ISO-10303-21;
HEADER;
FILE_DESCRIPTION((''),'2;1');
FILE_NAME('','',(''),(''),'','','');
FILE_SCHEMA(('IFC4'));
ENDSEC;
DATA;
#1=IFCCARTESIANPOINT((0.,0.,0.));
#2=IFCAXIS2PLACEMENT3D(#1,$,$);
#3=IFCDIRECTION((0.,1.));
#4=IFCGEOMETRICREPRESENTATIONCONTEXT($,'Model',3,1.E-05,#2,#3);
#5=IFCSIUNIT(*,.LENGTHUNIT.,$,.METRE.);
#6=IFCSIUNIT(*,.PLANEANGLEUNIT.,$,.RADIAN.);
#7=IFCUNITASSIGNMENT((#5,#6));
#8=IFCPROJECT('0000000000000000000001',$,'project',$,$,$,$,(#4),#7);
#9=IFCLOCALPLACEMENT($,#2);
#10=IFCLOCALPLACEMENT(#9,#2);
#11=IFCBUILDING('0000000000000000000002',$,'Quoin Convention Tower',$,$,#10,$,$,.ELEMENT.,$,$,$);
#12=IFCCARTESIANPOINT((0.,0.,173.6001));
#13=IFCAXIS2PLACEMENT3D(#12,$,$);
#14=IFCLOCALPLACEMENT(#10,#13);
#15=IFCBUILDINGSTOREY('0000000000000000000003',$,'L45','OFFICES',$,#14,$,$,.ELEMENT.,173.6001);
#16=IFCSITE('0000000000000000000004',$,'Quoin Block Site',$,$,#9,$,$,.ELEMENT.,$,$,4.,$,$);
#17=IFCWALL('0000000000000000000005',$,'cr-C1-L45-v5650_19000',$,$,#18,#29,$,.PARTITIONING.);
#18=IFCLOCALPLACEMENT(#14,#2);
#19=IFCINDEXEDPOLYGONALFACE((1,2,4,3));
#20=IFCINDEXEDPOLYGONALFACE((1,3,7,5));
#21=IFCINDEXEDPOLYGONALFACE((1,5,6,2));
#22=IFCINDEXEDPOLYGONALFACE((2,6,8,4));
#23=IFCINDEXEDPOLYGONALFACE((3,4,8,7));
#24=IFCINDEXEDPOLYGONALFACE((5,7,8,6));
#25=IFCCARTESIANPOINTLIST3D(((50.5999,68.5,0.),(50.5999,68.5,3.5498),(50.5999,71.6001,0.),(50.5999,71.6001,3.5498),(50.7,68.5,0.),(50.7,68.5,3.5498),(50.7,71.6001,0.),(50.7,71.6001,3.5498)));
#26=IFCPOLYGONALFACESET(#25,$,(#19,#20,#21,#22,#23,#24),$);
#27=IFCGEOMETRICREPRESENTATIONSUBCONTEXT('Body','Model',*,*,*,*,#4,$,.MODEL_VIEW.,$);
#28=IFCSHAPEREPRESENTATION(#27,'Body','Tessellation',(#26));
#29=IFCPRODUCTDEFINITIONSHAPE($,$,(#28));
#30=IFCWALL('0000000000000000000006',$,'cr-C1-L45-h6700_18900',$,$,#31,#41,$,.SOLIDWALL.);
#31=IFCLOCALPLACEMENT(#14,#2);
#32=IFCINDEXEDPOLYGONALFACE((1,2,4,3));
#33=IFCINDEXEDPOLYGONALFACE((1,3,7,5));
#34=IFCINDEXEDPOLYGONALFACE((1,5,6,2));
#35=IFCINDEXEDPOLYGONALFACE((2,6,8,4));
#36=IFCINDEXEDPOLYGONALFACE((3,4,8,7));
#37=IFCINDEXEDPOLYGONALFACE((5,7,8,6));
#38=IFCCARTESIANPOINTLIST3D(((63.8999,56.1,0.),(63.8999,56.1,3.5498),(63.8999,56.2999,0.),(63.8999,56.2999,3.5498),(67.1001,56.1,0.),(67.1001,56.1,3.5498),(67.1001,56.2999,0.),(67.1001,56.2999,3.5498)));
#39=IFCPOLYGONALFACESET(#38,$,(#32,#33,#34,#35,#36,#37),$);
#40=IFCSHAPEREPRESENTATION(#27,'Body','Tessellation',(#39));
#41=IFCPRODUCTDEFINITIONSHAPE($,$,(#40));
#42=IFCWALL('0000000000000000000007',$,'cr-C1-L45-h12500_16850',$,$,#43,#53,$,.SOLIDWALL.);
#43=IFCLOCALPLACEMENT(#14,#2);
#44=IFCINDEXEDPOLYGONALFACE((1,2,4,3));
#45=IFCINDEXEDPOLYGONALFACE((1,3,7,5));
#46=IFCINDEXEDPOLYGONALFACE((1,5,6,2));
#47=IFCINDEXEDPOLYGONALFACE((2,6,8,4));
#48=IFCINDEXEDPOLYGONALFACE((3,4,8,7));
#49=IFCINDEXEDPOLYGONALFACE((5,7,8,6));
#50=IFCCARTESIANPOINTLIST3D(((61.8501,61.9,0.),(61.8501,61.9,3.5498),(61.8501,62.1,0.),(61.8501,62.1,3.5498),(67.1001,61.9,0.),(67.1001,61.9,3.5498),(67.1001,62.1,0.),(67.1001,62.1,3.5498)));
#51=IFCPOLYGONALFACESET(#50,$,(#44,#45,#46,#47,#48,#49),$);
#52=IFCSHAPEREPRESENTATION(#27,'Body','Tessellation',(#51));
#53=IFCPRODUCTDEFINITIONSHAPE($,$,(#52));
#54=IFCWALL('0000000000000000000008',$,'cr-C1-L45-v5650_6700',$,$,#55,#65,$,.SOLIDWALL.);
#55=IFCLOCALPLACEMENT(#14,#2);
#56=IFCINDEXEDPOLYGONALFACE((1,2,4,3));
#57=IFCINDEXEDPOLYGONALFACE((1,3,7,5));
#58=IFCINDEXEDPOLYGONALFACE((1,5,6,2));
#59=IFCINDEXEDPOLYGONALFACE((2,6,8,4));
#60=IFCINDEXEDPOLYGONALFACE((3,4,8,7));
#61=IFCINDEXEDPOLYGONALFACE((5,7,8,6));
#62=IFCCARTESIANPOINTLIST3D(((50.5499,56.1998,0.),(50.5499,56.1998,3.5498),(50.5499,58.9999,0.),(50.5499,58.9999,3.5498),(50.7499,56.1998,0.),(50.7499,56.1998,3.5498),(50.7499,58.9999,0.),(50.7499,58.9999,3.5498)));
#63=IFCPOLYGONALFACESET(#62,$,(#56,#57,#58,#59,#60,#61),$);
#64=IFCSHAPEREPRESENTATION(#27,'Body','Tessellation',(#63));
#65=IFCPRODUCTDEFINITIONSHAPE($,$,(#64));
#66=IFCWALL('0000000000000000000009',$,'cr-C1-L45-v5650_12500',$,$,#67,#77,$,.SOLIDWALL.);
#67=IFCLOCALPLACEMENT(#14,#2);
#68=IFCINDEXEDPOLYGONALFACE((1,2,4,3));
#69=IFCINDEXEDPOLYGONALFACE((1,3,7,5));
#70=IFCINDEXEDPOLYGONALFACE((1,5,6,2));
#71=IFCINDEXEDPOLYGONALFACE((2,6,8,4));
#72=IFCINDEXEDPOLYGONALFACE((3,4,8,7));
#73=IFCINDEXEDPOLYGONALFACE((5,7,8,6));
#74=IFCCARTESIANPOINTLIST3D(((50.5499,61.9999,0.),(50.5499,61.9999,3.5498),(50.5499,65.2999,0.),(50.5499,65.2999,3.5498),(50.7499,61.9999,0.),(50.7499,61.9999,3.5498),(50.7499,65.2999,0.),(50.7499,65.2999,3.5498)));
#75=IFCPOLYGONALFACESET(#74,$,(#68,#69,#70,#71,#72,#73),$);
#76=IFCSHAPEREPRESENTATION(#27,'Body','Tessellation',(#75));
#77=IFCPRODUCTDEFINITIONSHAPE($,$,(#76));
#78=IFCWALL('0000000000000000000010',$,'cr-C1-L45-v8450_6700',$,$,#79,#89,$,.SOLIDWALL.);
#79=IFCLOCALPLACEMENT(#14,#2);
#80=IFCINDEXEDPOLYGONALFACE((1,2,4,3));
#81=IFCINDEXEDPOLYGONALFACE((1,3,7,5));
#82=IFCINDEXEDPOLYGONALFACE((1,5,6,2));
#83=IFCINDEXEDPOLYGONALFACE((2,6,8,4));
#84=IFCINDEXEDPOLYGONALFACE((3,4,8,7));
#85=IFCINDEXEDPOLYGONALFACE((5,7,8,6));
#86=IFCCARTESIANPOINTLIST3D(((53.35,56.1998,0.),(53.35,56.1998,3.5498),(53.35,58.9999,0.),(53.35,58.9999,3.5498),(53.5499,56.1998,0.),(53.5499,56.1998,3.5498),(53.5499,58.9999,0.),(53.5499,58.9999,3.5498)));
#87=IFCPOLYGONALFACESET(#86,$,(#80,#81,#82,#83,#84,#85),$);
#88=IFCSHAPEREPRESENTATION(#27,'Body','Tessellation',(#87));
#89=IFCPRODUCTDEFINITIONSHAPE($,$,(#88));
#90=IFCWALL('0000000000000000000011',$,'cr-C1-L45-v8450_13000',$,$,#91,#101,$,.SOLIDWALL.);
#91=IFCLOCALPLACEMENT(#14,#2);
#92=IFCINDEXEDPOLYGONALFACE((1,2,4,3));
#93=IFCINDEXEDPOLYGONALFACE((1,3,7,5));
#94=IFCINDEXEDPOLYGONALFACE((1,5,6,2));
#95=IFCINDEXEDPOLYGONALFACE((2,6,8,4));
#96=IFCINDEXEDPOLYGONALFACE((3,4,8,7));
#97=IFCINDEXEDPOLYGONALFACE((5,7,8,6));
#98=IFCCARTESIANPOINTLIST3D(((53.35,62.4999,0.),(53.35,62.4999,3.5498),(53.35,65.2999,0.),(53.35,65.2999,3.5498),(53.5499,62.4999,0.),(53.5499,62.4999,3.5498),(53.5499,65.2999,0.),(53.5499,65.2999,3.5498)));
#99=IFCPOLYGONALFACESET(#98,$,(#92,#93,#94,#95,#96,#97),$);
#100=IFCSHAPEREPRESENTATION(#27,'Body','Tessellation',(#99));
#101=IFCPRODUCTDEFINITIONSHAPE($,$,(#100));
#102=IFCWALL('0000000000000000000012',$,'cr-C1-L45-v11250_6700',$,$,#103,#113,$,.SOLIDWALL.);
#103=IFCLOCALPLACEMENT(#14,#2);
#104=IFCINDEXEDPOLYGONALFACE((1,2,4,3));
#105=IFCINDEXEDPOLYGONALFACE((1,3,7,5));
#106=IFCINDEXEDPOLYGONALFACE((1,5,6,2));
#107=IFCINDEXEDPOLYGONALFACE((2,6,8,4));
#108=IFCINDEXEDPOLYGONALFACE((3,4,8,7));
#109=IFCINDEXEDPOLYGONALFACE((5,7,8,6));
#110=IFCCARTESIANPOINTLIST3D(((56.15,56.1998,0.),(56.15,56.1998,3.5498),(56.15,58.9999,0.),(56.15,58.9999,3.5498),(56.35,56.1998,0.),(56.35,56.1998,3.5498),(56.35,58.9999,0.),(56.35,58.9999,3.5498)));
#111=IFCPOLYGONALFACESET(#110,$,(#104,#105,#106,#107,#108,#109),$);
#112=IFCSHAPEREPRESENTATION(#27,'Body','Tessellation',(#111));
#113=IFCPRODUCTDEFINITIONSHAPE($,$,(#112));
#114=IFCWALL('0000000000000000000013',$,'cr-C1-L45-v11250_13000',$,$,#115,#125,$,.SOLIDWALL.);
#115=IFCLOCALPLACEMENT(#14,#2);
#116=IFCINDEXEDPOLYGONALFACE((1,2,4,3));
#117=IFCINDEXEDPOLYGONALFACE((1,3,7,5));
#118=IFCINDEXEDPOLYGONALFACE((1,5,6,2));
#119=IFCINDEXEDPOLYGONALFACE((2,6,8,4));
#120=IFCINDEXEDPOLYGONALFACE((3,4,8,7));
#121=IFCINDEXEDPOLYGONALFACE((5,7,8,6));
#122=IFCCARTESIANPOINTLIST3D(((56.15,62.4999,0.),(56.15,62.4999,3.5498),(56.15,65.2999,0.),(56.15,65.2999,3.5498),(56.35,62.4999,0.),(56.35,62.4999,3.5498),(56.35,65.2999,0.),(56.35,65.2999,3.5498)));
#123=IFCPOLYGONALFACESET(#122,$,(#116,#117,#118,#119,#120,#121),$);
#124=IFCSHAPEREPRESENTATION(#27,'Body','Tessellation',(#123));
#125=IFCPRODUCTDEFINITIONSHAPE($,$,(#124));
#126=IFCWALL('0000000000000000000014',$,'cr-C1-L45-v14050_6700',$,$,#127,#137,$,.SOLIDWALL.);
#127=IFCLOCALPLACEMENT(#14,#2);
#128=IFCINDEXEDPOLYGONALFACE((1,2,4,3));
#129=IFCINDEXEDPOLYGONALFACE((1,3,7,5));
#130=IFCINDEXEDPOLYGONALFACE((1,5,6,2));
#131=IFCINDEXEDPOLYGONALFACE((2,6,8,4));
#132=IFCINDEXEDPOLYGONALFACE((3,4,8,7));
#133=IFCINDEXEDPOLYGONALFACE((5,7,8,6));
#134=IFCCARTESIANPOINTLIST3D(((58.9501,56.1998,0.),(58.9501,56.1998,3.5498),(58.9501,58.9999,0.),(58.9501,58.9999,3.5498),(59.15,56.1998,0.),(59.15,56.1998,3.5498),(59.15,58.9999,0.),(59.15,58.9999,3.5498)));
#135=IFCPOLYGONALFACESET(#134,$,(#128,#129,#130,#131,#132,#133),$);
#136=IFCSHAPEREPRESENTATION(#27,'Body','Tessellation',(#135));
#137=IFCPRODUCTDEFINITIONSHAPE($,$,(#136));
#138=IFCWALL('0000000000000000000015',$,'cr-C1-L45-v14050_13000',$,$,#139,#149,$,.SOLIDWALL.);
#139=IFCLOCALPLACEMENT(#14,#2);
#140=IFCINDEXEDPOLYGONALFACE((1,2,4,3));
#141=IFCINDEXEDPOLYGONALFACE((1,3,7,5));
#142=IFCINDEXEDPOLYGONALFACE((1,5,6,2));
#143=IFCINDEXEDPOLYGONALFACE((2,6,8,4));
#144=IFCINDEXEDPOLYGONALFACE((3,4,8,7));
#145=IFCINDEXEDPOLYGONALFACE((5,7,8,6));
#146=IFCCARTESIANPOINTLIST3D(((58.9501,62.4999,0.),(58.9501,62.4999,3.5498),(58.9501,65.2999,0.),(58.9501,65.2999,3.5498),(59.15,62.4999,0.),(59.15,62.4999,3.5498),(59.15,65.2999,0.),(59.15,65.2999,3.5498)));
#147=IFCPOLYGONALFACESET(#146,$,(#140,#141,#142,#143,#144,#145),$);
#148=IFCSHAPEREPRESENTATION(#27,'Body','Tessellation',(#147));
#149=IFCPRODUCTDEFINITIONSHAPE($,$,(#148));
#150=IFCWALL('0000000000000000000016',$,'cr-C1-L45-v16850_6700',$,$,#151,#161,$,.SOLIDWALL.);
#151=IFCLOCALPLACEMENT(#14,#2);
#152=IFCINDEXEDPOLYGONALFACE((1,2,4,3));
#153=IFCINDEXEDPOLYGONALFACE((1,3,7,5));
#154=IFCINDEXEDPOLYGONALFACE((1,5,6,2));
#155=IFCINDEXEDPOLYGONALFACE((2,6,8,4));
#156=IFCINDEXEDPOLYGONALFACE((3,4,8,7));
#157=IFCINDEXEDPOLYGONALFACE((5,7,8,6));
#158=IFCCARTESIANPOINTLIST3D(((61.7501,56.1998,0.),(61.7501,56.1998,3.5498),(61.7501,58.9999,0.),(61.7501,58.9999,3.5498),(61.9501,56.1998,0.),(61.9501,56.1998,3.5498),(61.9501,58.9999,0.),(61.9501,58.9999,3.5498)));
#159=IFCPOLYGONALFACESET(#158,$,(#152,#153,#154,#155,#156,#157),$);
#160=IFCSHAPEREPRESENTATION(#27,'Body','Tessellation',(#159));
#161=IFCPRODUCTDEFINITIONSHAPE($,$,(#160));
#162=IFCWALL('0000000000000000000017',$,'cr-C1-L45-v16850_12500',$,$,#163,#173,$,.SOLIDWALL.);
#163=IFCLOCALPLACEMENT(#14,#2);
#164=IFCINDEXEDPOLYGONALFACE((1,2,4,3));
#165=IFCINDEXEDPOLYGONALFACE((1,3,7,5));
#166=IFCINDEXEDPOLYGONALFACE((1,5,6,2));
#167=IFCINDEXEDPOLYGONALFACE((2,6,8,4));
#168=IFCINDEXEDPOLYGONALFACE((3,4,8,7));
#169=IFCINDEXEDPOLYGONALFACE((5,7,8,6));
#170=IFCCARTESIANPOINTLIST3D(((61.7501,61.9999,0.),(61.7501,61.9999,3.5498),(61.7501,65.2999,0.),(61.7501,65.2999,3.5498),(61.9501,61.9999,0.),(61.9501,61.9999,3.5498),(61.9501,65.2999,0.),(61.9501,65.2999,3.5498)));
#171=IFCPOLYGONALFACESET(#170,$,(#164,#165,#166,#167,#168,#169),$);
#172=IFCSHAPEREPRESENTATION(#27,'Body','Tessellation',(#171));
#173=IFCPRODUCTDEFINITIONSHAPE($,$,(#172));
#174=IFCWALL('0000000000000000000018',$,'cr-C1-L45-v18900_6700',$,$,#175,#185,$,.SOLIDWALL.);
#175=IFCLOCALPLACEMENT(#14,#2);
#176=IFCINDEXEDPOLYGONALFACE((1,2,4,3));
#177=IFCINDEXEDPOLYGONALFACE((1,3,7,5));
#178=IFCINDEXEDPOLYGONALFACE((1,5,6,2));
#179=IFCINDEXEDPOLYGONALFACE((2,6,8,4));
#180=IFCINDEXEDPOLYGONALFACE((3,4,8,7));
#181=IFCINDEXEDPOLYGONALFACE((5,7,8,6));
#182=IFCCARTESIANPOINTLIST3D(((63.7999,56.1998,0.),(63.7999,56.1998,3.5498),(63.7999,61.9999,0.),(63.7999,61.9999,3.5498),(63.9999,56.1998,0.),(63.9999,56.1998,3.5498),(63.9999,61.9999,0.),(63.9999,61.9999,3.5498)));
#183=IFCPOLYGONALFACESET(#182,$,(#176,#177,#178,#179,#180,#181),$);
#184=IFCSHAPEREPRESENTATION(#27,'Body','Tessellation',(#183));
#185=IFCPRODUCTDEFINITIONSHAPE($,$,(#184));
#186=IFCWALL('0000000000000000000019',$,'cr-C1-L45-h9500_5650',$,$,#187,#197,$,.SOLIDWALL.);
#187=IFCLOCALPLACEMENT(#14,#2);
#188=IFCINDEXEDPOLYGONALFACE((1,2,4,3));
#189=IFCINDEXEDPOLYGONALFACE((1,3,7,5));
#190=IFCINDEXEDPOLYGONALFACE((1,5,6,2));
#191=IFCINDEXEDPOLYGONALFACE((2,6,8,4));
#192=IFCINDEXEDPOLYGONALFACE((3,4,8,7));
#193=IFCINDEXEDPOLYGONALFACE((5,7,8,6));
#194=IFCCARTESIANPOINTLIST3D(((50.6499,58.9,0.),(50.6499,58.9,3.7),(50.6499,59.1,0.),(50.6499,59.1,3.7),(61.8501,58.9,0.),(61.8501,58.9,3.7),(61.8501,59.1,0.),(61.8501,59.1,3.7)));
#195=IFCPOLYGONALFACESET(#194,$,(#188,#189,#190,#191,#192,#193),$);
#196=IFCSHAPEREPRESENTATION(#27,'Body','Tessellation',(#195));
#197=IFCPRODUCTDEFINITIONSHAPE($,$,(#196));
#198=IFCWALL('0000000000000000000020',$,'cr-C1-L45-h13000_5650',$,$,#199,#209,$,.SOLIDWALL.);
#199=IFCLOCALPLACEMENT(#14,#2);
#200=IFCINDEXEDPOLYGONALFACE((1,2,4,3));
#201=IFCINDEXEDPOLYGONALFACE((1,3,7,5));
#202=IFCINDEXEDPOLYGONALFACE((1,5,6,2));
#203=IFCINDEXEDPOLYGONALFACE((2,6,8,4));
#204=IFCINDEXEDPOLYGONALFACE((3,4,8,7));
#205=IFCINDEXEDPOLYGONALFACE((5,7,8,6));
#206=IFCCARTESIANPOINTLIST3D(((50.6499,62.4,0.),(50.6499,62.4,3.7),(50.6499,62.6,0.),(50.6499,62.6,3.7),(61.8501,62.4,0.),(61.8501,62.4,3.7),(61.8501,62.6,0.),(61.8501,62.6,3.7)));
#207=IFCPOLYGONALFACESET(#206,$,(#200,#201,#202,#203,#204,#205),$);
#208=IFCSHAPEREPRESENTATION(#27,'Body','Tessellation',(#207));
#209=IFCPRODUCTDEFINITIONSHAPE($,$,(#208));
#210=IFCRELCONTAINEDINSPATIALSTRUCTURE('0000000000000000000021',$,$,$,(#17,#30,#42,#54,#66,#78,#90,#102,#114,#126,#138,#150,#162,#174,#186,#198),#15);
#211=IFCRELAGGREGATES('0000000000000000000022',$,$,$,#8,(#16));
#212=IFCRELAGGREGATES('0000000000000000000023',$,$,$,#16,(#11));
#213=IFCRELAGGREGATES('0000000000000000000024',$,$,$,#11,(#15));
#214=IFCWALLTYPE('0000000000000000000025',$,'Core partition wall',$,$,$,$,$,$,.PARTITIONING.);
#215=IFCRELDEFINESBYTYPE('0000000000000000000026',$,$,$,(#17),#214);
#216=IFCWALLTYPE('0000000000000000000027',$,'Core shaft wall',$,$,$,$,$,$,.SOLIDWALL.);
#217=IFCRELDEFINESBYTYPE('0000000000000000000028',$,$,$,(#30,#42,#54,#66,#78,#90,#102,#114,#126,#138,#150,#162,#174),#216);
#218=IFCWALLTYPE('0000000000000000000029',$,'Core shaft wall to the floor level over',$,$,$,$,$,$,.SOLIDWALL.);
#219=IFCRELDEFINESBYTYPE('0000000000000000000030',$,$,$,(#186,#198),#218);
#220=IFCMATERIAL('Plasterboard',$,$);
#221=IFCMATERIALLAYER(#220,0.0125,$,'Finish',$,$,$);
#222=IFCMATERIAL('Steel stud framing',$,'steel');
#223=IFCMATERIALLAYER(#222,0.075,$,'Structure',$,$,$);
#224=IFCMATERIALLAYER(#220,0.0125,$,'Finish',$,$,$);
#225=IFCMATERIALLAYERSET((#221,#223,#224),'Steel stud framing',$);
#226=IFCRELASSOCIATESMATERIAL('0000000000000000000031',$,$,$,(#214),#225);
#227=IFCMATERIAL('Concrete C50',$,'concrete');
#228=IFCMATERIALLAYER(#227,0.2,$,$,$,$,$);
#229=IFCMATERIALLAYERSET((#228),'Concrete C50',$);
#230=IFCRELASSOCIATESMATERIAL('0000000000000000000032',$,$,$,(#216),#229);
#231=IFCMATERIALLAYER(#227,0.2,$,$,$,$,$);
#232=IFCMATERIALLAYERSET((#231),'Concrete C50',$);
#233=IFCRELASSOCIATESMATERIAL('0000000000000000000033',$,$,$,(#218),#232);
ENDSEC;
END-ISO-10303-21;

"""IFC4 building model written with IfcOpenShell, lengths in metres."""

from ifc_helpers import new_model, si_unit, direction, frame, frame_2d, origin, place, context, subcontext, project, spatial, rectangle, extrude, material, layer, layer_set, type_object, element, save


model = new_model("IFC4")

# Units and contexts
model_context = context("Model", 3, precision=1e-05, world=origin(), true_north=direction((0.0, 1.0)))
body_context = subcontext(model_context, "Body", "Model", "MODEL_VIEW")
ifc_project = project(units=[si_unit("LENGTHUNIT", "METRE"), si_unit("PLANEANGLEUNIT", "RADIAN")], contexts=[model_context])

# Site, building, storey
site_placement = place(None, origin())
site = spatial("IfcSite", under=ifc_project, at=site_placement, Name="Quoin Block Site", CompositionType="ELEMENT", RefElevation=4.0)
building_placement = place(site_placement, origin())
building = spatial("IfcBuilding", under=site, at=building_placement, Name="Quoin Convention Tower", CompositionType="ELEMENT")
storey_placement = place(building_placement, frame((0.0, 0.0, 173.6001)))
storey = spatial("IfcBuildingStorey", under=building, at=storey_placement, Name="L45", Description="OFFICES", CompositionType="ELEMENT", Elevation=173.6001)

# Walls
ifc_material_1 = material(Name="Plasterboard")
ifc_layer_1 = layer(ifc_material_1, 0.0125, Name="Finish")
ifc_material_2 = material(Name="Steel stud framing", Category="steel")
ifc_layer_2 = layer(ifc_material_2, 0.075, Name="Structure")
ifc_layer_3 = layer(ifc_material_1, 0.0125, Name="Finish")
ifc_layer_set_1 = layer_set([ifc_layer_1, ifc_layer_2, ifc_layer_3], Name="Steel stud framing")
wall_type_1 = type_object("IfcWallType", Name="Core partition wall", PredefinedType="PARTITIONING", material=ifc_layer_set_1)
wall_1_placement = place(storey_placement, frame((50.6499, 68.5, 0.0), z_axis=(0.0, 0.0, 1.0), x_axis=(0.0, 1.0, 0.0)))
element("IfcWall", 1, at=wall_1_placement, inside=storey, type_object=wall_type_1, Name="cr-C1-L45-v5650_19000", PredefinedType="PARTITIONING", context=body_context, shape_type="SweptSolid", body=[
    extrude(rectangle(XDim=3.1001, YDim=0.1001, at=frame_2d((1.55, 0.0))), origin(), (0.0, 0.0, 1.0), 3.5498),
])
ifc_material_3 = material(Name="Concrete C50", Category="concrete")
ifc_layer_4 = layer(ifc_material_3, 0.2)
ifc_layer_set_2 = layer_set([ifc_layer_4], Name="Concrete C50")
wall_type_2 = type_object("IfcWallType", Name="Core shaft wall", PredefinedType="SOLIDWALL", material=ifc_layer_set_2)
wall_2_placement = place(storey_placement, frame((63.8999, 56.2, 0.0), z_axis=(0.0, 0.0, 1.0), x_axis=(1.0, 0.0, 0.0)))
element("IfcWall", 2, at=wall_2_placement, inside=storey, type_object=wall_type_2, Name="cr-C1-L45-h6700_18900", PredefinedType="SOLIDWALL", context=body_context, shape_type="SweptSolid", body=[
    extrude(rectangle(XDim=3.2002, YDim=0.2, at=frame_2d((1.6001, 0.0))), origin(), (0.0, 0.0, 1.0), 3.5498),
])
wall_3_placement = place(storey_placement, frame((61.8501, 62.0, 0.0), z_axis=(0.0, 0.0, 1.0), x_axis=(1.0, 0.0, 0.0)))
element("IfcWall", 3, at=wall_3_placement, inside=storey, type_object=wall_type_2, Name="cr-C1-L45-h12500_16850", PredefinedType="SOLIDWALL", context=body_context, shape_type="SweptSolid", body=[
    extrude(rectangle(XDim=5.25, YDim=0.2, at=frame_2d((2.625, 0.0))), origin(), (0.0, 0.0, 1.0), 3.5498),
])
wall_4_placement = place(storey_placement, frame((50.6499, 56.2, 0.0), z_axis=(0.0, 0.0, 1.0), x_axis=(0.0, 1.0, 0.0)))
element("IfcWall", 4, at=wall_4_placement, inside=storey, type_object=wall_type_2, Name="cr-C1-L45-v5650_6700", PredefinedType="SOLIDWALL", context=body_context, shape_type="SweptSolid", body=[
    extrude(rectangle(XDim=2.8, YDim=0.2, at=frame_2d((1.3999, 0.0))), origin(), (0.0, 0.0, 1.0), 3.5498),
])
wall_5_placement = place(storey_placement, frame((50.6499, 62.0, 0.0), z_axis=(0.0, 0.0, 1.0), x_axis=(0.0, 1.0, 0.0)))
element("IfcWall", 5, at=wall_5_placement, inside=storey, type_object=wall_type_2, Name="cr-C1-L45-v5650_12500", PredefinedType="SOLIDWALL", context=body_context, shape_type="SweptSolid", body=[
    extrude(rectangle(XDim=3.3, YDim=0.2, at=frame_2d((1.6499, 0.0))), origin(), (0.0, 0.0, 1.0), 3.5498),
])
for number, where, z_axis, x_axis, name in (
    (6, (53.45, 56.2, 0.0), (0.0, 0.0, 1.0), (0.0, 1.0, 0.0), "cr-C1-L45-v8450_6700"),
    (7, (53.45, 62.5, 0.0), (0.0, 0.0, 1.0), (0.0, 1.0, 0.0), "cr-C1-L45-v8450_13000"),
    (8, (56.25, 56.2, 0.0), (0.0, 0.0, 1.0), (0.0, 1.0, 0.0), "cr-C1-L45-v11250_6700"),
    (9, (56.25, 62.5, 0.0), (0.0, 0.0, 1.0), (0.0, 1.0, 0.0), "cr-C1-L45-v11250_13000"),
    (10, (59.05, 56.2, 0.0), (0.0, 0.0, 1.0), (0.0, 1.0, 0.0), "cr-C1-L45-v14050_6700"),
    (11, (59.05, 62.5, 0.0), (0.0, 0.0, 1.0), (0.0, 1.0, 0.0), "cr-C1-L45-v14050_13000"),
    (12, (61.8501, 56.2, 0.0), (0.0, 0.0, 1.0), (0.0, 1.0, 0.0), "cr-C1-L45-v16850_6700"),
):
    element("IfcWall", number, at=place(storey_placement, frame(where, z_axis=z_axis, x_axis=x_axis)), inside=storey, type_object=wall_type_2, Name=name, PredefinedType="SOLIDWALL", context=body_context, shape_type="SweptSolid", body=[
        extrude(rectangle(XDim=2.8, YDim=0.2, at=frame_2d((1.3999, 0.0))), origin(), (0.0, 0.0, 1.0), 3.5498),
    ])
wall_6_placement = place(storey_placement, frame((61.8501, 62.0, 0.0), z_axis=(0.0, 0.0, 1.0), x_axis=(0.0, 1.0, 0.0)))
element("IfcWall", 13, at=wall_6_placement, inside=storey, type_object=wall_type_2, Name="cr-C1-L45-v16850_12500", PredefinedType="SOLIDWALL", context=body_context, shape_type="SweptSolid", body=[
    extrude(rectangle(XDim=3.3, YDim=0.2, at=frame_2d((1.6499, 0.0))), origin(), (0.0, 0.0, 1.0), 3.5498),
])
wall_7_placement = place(storey_placement, frame((63.8999, 56.2, 0.0), z_axis=(0.0, 0.0, 1.0), x_axis=(0.0, 1.0, 0.0)))
element("IfcWall", 14, at=wall_7_placement, inside=storey, type_object=wall_type_2, Name="cr-C1-L45-v18900_6700", PredefinedType="SOLIDWALL", context=body_context, shape_type="SweptSolid", body=[
    extrude(rectangle(XDim=5.8, YDim=0.2, at=frame_2d((2.8999, 0.0))), origin(), (0.0, 0.0, 1.0), 3.5498),
])
ifc_layer_5 = layer(ifc_material_3, 0.2)
ifc_layer_set_3 = layer_set([ifc_layer_5], Name="Concrete C50")
wall_type_3 = type_object("IfcWallType", Name="Core shaft wall to the floor level over", PredefinedType="SOLIDWALL", material=ifc_layer_set_3)
for number, where, z_axis, x_axis, name in (
    (15, (50.6499, 59.0, 0.0), (0.0, 0.0, 1.0), (1.0, 0.0, 0.0), "cr-C1-L45-h9500_5650"),
    (16, (50.6499, 62.5, 0.0), (0.0, 0.0, 1.0), (1.0, 0.0, 0.0), "cr-C1-L45-h13000_5650"),
):
    element("IfcWall", number, at=place(storey_placement, frame(where, z_axis=z_axis, x_axis=x_axis)), inside=storey, type_object=wall_type_3, Name=name, PredefinedType="SOLIDWALL", context=body_context, shape_type="SweptSolid", body=[
        extrude(rectangle(XDim=11.2002, YDim=0.2, at=frame_2d((5.6001, 0.0))), origin(), (0.0, 0.0, 1.0), 3.7),
    ])

save(model, "model.ifc")
